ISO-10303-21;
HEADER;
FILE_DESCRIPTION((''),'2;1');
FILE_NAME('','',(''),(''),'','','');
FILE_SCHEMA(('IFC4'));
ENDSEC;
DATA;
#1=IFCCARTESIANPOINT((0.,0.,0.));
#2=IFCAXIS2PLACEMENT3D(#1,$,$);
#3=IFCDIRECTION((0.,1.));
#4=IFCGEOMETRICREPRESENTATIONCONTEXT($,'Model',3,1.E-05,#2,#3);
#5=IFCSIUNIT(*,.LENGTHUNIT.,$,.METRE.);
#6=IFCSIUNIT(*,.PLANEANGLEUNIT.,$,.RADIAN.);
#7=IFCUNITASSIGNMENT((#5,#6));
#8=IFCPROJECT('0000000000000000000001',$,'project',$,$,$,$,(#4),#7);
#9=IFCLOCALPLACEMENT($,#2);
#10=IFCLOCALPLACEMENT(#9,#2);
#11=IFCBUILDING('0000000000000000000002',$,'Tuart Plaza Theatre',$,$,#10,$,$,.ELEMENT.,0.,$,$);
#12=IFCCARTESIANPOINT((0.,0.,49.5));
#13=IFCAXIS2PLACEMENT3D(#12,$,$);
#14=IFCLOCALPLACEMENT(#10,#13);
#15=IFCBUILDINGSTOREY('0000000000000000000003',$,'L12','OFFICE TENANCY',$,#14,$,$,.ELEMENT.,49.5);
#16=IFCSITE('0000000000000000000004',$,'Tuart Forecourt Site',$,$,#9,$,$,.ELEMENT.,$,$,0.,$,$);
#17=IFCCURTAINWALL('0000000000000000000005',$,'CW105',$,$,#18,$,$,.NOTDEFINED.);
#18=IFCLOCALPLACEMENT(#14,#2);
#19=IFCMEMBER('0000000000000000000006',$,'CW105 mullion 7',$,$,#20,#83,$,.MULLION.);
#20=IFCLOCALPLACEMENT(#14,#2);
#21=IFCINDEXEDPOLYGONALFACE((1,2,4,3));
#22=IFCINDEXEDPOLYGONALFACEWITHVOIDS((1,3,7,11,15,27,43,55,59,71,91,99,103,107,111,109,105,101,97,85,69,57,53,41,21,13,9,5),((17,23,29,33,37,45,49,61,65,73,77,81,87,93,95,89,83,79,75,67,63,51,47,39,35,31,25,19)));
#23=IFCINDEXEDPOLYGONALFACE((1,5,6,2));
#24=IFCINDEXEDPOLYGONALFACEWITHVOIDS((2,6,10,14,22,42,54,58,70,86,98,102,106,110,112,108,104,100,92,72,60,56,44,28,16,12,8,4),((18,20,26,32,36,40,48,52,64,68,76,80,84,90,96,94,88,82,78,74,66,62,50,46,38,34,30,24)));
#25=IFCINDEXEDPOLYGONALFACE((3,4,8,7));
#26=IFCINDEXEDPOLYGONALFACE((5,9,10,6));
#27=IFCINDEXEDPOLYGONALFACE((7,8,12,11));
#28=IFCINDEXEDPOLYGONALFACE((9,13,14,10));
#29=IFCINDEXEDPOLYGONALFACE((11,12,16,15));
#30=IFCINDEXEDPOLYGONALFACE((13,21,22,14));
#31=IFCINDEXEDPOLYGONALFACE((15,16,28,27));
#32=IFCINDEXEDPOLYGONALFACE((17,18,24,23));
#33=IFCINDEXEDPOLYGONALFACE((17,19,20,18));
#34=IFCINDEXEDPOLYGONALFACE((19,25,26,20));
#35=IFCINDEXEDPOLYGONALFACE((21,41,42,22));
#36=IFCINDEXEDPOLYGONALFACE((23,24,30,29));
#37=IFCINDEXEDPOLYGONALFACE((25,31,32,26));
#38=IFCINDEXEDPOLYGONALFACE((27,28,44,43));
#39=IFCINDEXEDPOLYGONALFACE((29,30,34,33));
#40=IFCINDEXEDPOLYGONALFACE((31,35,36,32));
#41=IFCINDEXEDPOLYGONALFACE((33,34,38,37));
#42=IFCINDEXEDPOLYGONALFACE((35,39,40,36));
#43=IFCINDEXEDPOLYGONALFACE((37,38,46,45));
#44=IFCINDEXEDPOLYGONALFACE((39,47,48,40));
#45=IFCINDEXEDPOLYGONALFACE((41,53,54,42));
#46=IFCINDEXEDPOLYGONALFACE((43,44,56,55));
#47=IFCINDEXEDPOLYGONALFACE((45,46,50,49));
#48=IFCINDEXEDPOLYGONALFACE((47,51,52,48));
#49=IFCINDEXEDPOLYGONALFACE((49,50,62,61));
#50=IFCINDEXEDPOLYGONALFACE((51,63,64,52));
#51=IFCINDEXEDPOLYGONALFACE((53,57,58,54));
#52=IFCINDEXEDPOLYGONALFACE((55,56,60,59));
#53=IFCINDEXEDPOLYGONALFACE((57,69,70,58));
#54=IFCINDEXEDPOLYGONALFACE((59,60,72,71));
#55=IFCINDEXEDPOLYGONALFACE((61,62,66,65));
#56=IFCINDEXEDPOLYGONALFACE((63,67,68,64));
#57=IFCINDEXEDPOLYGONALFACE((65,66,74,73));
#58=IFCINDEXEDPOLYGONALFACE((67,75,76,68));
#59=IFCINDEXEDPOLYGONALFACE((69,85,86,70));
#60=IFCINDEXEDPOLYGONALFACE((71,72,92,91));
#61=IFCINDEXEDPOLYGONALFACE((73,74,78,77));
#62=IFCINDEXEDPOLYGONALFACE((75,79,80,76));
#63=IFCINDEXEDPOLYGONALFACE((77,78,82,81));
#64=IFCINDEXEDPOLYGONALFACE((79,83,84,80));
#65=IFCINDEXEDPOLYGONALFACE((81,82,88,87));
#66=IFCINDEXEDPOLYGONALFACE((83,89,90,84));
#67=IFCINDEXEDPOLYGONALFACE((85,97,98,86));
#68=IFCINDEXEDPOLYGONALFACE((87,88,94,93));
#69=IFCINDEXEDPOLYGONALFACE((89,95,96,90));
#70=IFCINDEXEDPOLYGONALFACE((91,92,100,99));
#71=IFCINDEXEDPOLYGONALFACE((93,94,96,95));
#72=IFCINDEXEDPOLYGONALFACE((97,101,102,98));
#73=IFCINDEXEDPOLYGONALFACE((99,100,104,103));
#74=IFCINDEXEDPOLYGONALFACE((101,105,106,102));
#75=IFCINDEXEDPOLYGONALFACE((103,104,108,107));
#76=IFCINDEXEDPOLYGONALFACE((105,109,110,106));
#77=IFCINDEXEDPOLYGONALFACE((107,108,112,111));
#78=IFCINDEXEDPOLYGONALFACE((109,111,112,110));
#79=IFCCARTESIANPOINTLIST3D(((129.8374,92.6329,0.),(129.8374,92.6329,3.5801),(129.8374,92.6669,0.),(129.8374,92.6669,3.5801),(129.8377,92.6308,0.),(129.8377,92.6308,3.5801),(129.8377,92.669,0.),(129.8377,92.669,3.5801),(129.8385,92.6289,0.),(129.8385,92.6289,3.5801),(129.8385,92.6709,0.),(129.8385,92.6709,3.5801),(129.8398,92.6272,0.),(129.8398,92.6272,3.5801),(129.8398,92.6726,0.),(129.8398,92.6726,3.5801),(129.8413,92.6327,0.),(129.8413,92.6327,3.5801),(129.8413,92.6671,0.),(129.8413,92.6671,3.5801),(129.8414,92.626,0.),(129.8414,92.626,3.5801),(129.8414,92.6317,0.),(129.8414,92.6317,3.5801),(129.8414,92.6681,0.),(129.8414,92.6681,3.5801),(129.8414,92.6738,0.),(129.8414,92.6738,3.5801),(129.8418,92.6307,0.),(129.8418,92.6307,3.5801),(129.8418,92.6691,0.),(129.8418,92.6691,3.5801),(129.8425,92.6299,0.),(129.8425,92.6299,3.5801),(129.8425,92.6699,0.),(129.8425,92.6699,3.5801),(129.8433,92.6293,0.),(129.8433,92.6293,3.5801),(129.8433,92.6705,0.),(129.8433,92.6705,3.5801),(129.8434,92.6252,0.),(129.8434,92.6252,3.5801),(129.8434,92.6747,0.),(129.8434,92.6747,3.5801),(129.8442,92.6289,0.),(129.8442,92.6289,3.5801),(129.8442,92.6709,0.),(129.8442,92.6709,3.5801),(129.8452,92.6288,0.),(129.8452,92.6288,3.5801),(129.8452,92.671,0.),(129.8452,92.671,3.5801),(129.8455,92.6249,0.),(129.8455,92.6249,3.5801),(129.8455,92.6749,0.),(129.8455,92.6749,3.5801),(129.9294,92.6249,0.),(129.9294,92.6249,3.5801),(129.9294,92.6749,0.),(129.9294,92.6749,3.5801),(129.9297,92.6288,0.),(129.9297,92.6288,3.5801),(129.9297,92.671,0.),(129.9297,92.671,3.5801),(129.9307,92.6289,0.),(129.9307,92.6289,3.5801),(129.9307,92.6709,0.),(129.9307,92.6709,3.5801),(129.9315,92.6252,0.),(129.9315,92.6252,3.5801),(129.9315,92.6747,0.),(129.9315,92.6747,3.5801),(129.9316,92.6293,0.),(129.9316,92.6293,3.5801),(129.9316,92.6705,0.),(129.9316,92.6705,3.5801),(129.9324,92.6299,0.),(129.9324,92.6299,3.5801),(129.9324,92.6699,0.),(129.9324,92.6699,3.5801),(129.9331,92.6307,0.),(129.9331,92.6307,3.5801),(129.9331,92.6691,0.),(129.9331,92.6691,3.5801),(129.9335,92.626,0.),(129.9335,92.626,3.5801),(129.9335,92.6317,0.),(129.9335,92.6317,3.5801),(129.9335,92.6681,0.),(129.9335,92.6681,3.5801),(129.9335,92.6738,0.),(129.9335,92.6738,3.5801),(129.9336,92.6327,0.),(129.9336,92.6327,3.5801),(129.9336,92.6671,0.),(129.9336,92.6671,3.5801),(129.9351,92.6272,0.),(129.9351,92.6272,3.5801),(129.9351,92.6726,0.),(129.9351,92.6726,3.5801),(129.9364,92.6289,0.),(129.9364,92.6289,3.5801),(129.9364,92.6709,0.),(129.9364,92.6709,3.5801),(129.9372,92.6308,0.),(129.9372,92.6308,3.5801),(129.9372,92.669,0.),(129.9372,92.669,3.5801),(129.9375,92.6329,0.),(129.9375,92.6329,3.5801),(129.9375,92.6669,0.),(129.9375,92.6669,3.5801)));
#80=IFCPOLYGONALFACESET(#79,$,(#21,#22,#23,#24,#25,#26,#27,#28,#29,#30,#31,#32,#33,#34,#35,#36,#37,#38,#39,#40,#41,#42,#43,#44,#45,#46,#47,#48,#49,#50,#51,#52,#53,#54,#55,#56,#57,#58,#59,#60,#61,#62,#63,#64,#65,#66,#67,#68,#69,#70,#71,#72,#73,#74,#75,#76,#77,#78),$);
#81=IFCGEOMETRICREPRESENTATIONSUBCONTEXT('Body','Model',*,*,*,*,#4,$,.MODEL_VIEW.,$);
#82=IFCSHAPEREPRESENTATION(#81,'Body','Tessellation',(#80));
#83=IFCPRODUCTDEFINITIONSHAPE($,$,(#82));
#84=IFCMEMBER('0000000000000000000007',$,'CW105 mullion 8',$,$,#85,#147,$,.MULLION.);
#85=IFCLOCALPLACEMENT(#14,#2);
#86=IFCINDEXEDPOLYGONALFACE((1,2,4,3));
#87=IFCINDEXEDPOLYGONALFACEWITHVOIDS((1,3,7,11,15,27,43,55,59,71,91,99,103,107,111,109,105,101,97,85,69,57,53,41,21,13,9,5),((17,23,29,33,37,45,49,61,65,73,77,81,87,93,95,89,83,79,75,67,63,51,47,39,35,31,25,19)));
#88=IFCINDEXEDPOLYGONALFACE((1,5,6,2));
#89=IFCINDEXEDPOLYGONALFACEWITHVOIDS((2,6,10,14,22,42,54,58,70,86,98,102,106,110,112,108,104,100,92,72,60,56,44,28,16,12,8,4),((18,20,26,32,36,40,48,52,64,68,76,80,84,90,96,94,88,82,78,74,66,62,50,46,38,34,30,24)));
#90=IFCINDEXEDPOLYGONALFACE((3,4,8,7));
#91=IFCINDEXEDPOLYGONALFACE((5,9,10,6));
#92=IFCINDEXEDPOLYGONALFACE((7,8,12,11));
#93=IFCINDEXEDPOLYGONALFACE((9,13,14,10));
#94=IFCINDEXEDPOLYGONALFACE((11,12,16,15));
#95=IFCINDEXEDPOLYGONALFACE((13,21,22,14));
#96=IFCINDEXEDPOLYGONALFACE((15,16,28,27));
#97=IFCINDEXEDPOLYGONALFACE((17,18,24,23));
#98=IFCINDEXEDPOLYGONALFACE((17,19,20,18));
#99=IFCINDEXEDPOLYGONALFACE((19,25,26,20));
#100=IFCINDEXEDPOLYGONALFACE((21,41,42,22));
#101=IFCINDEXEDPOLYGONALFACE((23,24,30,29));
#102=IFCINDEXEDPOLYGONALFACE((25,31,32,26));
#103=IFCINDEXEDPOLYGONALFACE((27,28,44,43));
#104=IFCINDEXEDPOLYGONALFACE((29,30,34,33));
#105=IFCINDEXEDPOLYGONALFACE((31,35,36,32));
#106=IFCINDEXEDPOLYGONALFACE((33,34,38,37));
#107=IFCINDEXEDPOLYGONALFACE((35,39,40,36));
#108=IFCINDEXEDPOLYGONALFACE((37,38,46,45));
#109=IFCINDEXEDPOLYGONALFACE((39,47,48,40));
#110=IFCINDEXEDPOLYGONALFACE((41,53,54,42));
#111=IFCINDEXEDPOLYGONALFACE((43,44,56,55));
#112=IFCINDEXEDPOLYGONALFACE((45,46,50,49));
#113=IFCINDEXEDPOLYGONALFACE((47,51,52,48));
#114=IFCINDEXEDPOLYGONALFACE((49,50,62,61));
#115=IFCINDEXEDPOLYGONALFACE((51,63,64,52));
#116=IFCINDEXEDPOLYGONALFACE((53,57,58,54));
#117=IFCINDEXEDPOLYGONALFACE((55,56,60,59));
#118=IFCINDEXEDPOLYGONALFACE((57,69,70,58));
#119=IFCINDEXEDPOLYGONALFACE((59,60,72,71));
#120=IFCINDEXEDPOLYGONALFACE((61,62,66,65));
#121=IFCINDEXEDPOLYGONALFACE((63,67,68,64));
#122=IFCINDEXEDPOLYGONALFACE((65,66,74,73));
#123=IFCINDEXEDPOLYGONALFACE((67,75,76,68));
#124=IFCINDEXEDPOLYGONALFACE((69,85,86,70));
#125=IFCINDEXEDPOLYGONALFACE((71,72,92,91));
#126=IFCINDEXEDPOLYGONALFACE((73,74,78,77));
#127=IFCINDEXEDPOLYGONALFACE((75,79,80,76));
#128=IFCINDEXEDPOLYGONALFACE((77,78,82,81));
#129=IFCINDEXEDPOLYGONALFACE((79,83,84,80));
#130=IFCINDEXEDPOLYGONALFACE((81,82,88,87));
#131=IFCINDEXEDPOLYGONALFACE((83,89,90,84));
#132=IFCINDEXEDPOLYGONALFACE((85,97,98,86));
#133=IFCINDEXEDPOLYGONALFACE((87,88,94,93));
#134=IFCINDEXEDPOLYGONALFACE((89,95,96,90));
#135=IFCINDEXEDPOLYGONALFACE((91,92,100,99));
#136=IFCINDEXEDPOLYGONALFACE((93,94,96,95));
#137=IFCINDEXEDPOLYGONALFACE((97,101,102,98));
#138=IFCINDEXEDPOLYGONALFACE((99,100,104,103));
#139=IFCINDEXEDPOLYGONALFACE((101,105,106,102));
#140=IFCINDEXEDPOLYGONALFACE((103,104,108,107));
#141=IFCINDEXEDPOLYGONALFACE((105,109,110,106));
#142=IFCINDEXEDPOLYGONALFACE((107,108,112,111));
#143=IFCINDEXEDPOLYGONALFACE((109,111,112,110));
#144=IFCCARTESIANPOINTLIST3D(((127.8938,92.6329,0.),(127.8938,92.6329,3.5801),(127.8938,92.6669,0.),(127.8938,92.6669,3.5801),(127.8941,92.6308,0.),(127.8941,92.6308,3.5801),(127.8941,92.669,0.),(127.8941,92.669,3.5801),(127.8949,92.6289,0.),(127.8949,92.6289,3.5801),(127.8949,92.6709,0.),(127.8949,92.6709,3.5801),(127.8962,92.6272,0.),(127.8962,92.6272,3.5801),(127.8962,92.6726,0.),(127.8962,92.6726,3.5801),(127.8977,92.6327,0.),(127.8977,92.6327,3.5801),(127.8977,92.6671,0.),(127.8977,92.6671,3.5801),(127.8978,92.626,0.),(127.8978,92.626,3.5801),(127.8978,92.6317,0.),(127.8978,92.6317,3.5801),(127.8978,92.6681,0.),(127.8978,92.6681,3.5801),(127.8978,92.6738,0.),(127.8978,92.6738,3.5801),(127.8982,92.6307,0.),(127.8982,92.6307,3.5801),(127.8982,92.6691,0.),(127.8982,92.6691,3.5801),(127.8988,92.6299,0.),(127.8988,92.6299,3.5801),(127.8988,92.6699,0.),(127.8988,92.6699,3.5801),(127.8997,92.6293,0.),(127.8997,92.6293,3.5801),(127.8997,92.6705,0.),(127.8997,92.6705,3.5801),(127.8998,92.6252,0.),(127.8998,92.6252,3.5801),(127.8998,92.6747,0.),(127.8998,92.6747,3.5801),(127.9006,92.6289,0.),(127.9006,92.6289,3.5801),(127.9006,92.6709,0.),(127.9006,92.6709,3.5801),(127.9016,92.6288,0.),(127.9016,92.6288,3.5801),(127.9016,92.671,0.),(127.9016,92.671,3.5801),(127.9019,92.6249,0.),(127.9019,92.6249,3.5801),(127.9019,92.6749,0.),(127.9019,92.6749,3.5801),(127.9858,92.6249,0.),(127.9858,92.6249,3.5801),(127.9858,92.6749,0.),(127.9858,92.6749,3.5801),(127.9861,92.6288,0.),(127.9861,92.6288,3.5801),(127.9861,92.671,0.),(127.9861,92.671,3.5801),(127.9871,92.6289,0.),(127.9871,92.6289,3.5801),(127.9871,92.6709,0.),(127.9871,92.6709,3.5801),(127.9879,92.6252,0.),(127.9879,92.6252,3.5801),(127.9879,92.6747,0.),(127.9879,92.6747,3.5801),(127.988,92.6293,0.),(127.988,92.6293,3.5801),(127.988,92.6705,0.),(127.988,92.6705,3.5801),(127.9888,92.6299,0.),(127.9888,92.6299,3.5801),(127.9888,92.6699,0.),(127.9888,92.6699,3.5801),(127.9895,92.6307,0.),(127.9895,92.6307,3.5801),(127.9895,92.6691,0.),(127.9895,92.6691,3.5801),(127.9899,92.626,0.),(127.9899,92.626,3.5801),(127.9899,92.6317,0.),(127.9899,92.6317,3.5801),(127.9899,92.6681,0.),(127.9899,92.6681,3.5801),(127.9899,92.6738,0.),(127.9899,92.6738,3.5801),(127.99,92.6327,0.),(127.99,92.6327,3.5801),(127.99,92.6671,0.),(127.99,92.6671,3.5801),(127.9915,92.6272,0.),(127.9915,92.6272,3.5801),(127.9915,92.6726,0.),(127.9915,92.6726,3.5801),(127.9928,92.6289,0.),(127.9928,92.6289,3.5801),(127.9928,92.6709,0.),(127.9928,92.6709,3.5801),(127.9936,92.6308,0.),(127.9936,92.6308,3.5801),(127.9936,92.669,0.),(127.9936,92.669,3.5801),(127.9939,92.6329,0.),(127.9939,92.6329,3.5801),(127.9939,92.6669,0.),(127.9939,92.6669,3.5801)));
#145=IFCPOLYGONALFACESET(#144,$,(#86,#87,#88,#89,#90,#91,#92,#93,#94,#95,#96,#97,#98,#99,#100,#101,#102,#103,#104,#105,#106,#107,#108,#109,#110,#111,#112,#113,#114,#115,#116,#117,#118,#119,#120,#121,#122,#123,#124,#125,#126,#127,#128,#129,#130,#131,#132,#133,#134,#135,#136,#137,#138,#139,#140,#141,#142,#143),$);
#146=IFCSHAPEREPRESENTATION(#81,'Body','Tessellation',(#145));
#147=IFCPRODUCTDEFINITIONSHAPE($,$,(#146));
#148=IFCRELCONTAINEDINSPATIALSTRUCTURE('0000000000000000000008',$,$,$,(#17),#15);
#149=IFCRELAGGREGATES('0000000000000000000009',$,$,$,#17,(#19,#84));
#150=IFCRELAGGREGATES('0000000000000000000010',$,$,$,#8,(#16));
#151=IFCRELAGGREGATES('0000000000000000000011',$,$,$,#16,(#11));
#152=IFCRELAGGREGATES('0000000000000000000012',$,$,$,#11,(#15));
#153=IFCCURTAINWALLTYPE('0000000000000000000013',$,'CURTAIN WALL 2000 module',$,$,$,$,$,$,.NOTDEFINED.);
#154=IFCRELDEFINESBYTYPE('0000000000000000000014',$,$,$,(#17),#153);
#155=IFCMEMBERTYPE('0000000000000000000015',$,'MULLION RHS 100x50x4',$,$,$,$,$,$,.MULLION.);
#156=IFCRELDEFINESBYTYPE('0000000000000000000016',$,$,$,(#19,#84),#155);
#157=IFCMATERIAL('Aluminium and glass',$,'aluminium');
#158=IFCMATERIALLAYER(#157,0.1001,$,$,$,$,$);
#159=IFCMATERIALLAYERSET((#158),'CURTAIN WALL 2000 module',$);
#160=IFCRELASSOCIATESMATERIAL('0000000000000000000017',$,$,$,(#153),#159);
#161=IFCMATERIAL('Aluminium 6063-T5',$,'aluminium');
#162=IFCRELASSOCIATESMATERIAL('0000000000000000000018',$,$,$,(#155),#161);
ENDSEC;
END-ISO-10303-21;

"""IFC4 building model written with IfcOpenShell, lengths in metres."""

from ifc_helpers import new_model, si_unit, direction, frame, origin, origin_2d, place, context, subcontext, project, spatial, hollow_rectangle, extrude, material, layer, layer_set, material_profile, profile_set, type_object, element, aggregate, save


model = new_model("IFC4")

# Units and contexts
model_context = context("Model", 3, precision=1e-05, world=origin(), true_north=direction((0.0, 1.0)))
body_context = subcontext(model_context, "Body", "Model", "MODEL_VIEW")
ifc_project = project(units=[si_unit("LENGTHUNIT", "METRE"), si_unit("PLANEANGLEUNIT", "RADIAN")], contexts=[model_context])

# Site, building, storey
site_placement = place(None, origin())
site = spatial("IfcSite", under=ifc_project, at=site_placement, Name="Tuart Forecourt Site", CompositionType="ELEMENT", RefElevation=0.0)
building_placement = place(site_placement, origin())
building = spatial("IfcBuilding", under=site, at=building_placement, Name="Tuart Plaza Theatre", CompositionType="ELEMENT", ElevationOfRefHeight=0.0)
storey_placement = place(building_placement, frame((0.0, 0.0, 49.5)))
storey = spatial("IfcBuildingStorey", under=building, at=storey_placement, Name="L12", Description="OFFICE TENANCY", CompositionType="ELEMENT", Elevation=49.5)

# Curtain wall, members
ifc_material_1 = material(Name="Aluminium and glass", Category="aluminium")
ifc_layer_1 = layer(ifc_material_1, 0.1001)
ifc_layer_set_1 = layer_set([ifc_layer_1], Name="CURTAIN WALL 2000 module")
curtain_wall_type = type_object("IfcCurtainWallType", Name="CURTAIN WALL 2000 module", PredefinedType="NOTDEFINED", material=ifc_layer_set_1)
curtain_wall_placement = place(storey_placement, origin())
curtain_wall = element("IfcCurtainWall", 1, at=curtain_wall_placement, inside=storey, type_object=curtain_wall_type, Name="CW105", PredefinedType="NOTDEFINED")
ifc_material_2 = material(Name="Aluminium 6063-T5", Category="aluminium")
ifc_material_profile_1 = material_profile(ifc_material_2, hollow_rectangle(XDim=0.05, YDim=0.1001, WallThickness=0.0039, InnerFilletRadius=0.0039, OuterFilletRadius=0.0081, at=origin_2d()), Name="RHS 100x50x4")
ifc_profile_set_1 = profile_set([ifc_material_profile_1], Name="Aluminium 6063-T5")
member_type_1 = type_object("IfcMemberType", Name="MULLION RHS 100x50x4", PredefinedType="MULLION", material=ifc_profile_set_1)
member_1_placement = place(storey_placement, frame((129.8875, 92.6499, 0.0), z_axis=(0.0, 0.0, 1.0), x_axis=(0.0, -1.0, 0.0)))
member_1 = element("IfcMember", 2, at=member_1_placement, type_object=member_type_1, Name="CW105 mullion 7", PredefinedType="MULLION", context=body_context, shape_type="SweptSolid", body=[
    extrude(hollow_rectangle(XDim=0.05, YDim=0.1001, WallThickness=0.0039, InnerFilletRadius=0.0039, OuterFilletRadius=0.0081, at=origin_2d()), origin(), (0.0, 0.0, 1.0), 3.5801),
])
member_2_placement = place(storey_placement, frame((127.9438, 92.6499, 0.0), z_axis=(0.0, 0.0, 1.0), x_axis=(0.0, -1.0, 0.0)))
member_2 = element("IfcMember", 3, at=member_2_placement, type_object=member_type_1, Name="CW105 mullion 8", PredefinedType="MULLION", context=body_context, shape_type="SweptSolid", body=[
    extrude(hollow_rectangle(XDim=0.05, YDim=0.1001, WallThickness=0.0039, InnerFilletRadius=0.0039, OuterFilletRadius=0.0081, at=origin_2d()), origin(), (0.0, 0.0, 1.0), 3.5801),
])
aggregate(curtain_wall, [member_1, member_2])

save(model, "model.ifc")
